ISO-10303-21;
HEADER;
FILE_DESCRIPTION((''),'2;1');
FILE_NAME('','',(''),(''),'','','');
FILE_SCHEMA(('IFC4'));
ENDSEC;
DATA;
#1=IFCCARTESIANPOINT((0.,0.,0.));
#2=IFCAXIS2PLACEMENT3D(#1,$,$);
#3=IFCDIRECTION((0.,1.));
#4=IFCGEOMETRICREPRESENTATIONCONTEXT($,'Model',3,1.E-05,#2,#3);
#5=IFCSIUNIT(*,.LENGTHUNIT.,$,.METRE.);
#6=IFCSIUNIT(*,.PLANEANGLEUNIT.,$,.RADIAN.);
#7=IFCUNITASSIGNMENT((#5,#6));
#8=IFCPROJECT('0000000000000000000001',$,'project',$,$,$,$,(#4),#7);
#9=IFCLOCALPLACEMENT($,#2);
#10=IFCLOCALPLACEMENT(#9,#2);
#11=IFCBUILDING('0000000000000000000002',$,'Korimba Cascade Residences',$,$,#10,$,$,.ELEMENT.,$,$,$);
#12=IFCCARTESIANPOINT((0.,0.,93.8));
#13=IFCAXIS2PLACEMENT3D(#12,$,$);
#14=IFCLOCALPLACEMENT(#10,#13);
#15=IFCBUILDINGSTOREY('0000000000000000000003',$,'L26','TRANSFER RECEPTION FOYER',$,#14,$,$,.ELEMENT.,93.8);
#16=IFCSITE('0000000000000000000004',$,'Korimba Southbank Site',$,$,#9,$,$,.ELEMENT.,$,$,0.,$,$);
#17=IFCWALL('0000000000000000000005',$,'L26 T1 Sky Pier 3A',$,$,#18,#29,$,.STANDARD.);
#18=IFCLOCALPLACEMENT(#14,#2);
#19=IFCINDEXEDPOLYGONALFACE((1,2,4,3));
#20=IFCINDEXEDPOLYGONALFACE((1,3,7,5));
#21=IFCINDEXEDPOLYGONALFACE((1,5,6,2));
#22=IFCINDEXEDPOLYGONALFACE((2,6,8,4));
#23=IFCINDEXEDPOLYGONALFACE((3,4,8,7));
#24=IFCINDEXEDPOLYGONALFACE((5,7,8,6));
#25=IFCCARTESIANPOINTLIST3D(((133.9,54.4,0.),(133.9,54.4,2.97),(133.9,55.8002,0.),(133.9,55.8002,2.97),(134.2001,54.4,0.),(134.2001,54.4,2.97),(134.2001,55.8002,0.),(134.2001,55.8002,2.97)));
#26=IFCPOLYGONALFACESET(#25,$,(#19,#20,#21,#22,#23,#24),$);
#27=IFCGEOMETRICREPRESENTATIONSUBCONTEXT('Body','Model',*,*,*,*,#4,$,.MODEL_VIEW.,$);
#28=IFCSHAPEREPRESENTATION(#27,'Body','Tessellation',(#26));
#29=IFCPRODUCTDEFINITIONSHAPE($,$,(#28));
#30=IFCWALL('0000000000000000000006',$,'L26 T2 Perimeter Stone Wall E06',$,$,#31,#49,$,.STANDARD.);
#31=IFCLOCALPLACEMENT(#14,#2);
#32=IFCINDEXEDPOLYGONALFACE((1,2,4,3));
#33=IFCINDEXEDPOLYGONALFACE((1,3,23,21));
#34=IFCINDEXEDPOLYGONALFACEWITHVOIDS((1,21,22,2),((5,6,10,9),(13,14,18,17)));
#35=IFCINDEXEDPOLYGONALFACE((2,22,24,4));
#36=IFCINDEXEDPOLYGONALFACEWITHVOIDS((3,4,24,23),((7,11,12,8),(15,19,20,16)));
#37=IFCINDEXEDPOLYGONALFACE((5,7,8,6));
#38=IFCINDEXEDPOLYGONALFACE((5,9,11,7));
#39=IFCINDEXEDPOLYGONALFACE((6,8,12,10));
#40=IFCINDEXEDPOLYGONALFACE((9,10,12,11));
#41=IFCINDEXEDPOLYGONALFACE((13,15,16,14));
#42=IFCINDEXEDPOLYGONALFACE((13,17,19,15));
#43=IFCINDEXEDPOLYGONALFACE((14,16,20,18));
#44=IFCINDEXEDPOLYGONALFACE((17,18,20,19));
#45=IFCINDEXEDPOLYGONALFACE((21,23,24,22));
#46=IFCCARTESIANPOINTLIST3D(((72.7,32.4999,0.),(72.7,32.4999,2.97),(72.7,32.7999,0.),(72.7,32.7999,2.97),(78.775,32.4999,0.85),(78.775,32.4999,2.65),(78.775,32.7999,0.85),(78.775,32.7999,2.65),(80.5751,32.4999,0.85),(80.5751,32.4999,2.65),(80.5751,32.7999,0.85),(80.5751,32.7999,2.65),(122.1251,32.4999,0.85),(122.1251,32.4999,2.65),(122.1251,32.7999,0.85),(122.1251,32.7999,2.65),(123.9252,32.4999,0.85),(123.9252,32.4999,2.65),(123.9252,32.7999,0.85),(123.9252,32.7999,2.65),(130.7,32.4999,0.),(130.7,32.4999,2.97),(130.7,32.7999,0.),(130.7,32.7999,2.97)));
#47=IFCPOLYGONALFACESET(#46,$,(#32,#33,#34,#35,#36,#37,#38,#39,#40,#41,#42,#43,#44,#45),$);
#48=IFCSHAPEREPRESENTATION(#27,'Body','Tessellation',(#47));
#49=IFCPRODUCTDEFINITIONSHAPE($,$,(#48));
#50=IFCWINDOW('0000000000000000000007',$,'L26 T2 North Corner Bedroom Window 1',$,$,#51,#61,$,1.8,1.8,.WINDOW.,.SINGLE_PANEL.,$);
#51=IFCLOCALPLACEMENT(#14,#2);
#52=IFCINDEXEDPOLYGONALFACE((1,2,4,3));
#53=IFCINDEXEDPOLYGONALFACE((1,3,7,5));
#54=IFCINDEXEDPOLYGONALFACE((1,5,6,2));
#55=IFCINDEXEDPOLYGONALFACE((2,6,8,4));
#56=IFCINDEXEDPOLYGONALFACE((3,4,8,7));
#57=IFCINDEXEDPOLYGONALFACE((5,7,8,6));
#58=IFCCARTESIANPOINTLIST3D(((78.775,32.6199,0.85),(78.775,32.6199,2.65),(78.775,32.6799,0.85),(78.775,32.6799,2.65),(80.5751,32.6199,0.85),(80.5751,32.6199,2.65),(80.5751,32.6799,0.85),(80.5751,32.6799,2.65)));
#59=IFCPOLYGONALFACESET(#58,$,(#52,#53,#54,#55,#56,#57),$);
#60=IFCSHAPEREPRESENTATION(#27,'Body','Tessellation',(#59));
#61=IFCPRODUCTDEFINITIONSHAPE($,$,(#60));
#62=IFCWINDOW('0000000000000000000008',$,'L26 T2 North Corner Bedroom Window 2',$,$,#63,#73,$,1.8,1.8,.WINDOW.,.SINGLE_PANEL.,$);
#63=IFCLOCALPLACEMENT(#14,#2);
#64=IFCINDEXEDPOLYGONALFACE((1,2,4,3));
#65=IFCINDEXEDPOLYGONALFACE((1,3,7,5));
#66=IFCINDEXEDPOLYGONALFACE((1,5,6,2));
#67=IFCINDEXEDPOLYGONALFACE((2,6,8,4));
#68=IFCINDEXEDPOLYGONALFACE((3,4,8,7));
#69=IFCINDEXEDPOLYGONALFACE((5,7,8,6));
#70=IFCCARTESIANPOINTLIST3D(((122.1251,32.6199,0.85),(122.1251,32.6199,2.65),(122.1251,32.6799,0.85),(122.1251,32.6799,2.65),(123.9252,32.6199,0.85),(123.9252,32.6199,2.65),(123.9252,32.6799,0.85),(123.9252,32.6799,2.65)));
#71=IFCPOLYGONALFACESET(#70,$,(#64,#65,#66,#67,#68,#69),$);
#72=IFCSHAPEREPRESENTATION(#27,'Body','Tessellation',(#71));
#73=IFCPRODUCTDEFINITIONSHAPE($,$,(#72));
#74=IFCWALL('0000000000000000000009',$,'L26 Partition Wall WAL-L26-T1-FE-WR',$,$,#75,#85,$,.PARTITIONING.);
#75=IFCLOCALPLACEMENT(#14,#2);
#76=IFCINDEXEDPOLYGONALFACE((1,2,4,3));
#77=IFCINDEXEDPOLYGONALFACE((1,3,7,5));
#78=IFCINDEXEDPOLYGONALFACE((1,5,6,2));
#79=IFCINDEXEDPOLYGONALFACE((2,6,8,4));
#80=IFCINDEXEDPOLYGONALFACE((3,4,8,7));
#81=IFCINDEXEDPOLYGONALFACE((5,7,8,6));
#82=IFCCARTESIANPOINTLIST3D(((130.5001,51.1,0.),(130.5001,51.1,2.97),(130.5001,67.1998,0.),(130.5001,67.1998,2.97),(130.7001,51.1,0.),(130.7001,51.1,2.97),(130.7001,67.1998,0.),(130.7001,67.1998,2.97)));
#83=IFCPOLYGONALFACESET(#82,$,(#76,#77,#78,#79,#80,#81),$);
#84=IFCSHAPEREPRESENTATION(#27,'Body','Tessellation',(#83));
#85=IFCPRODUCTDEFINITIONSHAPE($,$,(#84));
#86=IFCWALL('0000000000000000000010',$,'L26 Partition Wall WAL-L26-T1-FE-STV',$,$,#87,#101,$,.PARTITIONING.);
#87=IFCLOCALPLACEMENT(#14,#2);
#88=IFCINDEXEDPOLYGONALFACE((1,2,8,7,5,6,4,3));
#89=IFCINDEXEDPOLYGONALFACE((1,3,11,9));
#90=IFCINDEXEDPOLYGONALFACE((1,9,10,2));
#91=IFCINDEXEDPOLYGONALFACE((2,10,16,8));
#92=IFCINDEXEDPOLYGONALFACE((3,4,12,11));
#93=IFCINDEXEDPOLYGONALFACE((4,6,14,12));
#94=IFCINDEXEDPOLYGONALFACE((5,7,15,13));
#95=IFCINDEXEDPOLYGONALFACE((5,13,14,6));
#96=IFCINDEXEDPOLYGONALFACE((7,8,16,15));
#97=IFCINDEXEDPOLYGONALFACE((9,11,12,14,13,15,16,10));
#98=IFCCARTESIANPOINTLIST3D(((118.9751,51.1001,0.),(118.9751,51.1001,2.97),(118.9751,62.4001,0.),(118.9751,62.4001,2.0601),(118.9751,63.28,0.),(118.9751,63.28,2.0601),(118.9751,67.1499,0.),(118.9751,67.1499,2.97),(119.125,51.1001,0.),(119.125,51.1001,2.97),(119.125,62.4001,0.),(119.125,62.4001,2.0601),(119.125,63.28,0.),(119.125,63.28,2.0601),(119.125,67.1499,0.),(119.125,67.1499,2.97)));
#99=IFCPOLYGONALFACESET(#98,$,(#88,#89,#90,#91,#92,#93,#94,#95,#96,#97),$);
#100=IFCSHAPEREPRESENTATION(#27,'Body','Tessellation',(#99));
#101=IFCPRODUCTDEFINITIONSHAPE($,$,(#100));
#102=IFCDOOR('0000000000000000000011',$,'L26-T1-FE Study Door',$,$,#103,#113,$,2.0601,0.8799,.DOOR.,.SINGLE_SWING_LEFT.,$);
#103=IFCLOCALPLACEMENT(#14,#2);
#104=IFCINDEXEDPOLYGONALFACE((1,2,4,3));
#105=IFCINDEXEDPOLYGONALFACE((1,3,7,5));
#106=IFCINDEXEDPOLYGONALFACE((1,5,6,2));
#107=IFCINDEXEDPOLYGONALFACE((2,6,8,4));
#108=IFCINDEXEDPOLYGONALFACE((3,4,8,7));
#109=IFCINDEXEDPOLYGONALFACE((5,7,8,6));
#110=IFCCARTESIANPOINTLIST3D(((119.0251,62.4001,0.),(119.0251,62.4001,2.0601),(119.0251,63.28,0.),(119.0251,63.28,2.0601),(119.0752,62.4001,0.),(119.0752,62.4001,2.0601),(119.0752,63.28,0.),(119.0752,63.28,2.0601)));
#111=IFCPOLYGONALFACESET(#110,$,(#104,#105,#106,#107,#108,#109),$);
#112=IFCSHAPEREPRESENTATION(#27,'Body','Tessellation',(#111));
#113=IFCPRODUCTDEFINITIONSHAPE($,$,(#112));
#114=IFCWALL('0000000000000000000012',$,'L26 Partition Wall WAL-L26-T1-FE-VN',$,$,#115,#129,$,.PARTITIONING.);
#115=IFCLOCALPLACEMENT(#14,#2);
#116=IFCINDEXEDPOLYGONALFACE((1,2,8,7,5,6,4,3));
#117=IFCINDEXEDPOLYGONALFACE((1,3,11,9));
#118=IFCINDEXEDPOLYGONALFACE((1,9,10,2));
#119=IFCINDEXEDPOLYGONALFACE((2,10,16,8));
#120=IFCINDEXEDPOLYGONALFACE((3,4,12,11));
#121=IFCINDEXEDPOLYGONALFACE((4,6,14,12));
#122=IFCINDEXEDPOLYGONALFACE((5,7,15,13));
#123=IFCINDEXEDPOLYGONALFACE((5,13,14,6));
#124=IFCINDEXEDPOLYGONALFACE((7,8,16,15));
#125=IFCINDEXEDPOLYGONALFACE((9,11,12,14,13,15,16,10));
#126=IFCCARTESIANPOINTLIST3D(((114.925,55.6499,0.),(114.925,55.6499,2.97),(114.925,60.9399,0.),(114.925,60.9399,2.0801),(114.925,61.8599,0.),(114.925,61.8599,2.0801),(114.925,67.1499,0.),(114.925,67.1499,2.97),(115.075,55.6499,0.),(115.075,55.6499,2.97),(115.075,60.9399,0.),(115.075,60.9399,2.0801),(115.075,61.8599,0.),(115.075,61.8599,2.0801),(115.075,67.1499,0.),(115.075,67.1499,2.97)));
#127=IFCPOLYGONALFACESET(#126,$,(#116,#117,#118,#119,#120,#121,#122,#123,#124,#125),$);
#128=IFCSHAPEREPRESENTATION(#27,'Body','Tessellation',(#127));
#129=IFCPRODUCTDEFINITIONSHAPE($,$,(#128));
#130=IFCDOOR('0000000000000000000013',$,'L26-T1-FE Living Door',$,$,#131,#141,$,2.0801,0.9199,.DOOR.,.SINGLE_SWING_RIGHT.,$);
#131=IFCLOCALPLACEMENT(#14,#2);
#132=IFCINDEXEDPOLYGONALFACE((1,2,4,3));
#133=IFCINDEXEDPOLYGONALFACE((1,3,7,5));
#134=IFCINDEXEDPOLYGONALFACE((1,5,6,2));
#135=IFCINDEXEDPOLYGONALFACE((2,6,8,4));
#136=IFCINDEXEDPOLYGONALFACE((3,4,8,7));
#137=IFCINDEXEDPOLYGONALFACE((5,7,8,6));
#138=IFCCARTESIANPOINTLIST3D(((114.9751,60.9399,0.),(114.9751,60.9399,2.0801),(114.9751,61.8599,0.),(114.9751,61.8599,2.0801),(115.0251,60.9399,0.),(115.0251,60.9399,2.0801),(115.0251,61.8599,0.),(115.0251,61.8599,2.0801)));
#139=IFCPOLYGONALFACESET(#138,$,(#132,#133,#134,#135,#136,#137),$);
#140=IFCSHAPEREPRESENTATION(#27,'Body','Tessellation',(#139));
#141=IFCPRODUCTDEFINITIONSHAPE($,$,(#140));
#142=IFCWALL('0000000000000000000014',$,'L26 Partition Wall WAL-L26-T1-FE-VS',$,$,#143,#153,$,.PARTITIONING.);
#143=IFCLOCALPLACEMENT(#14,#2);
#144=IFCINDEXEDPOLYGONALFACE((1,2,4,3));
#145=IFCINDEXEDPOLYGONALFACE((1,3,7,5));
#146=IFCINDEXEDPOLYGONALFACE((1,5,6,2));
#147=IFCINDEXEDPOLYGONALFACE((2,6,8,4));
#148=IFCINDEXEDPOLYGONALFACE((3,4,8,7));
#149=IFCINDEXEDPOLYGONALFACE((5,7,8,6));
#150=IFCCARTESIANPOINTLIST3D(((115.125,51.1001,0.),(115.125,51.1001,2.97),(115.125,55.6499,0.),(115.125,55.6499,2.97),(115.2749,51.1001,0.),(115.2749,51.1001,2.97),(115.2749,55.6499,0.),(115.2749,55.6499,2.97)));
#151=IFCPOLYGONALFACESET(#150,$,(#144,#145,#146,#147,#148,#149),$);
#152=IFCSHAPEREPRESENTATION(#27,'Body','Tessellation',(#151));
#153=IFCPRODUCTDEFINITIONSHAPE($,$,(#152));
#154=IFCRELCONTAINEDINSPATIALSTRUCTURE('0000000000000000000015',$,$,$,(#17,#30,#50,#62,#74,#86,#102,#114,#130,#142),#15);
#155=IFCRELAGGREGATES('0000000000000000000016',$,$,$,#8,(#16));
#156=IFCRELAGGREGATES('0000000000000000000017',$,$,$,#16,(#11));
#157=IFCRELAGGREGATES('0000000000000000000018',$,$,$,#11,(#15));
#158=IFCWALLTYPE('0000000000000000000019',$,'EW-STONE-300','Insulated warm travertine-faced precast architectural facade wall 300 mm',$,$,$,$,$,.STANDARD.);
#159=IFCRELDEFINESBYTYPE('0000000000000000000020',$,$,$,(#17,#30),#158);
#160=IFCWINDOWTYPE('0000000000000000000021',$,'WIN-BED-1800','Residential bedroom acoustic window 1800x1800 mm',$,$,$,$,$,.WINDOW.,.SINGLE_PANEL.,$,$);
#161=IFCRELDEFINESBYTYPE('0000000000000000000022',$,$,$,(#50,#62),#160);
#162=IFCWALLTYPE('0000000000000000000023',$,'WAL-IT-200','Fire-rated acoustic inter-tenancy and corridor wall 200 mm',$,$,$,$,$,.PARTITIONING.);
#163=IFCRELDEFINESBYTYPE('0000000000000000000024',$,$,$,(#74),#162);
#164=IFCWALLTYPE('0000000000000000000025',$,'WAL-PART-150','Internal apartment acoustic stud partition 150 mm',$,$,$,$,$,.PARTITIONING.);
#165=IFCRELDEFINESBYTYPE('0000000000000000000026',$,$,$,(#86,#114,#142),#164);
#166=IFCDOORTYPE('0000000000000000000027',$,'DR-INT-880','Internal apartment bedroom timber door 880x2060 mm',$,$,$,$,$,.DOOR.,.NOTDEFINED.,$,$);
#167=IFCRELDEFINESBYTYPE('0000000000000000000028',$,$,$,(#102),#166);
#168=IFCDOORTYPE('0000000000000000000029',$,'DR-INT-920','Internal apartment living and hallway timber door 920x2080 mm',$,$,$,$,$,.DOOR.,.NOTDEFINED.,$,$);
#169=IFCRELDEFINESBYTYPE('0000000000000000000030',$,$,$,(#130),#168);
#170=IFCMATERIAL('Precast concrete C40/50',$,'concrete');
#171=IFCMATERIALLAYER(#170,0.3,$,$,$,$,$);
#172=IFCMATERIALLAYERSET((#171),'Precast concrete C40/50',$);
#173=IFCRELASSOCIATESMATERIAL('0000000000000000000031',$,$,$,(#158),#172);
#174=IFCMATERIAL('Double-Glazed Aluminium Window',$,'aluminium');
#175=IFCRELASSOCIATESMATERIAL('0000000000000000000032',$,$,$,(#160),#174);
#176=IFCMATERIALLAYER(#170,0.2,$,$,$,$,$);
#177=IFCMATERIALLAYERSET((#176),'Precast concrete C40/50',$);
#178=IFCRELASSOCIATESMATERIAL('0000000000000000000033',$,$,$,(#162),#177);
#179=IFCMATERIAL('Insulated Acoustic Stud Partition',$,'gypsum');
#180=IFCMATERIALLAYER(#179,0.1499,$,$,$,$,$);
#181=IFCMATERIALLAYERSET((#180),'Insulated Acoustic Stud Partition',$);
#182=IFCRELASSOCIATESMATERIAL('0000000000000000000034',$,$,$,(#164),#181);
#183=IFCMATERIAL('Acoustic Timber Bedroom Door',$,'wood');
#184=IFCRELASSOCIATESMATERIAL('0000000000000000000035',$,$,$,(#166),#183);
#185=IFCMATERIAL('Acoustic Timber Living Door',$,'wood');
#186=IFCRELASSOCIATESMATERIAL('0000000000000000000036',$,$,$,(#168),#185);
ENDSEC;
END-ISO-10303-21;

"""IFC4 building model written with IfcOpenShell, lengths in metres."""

from ifc_helpers import new_model, si_unit, direction, frame, frame_2d, origin, place, context, subcontext, project, spatial, rectangle, extrude, material, layer, layer_set, type_object, element, fill, save


model = new_model("IFC4")

# Units and contexts
model_context = context("Model", 3, precision=1e-05, world=origin(), true_north=direction((0.0, 1.0)))
body_context = subcontext(model_context, "Body", "Model", "MODEL_VIEW")
ifc_project = project(units=[si_unit("LENGTHUNIT", "METRE"), si_unit("PLANEANGLEUNIT", "RADIAN")], contexts=[model_context])

# Site, building, storey
site_placement = place(None, origin())
site = spatial("IfcSite", under=ifc_project, at=site_placement, Name="Korimba Southbank Site", CompositionType="ELEMENT", RefElevation=0.0)
building_placement = place(site_placement, origin())
building = spatial("IfcBuilding", under=site, at=building_placement, Name="Korimba Cascade Residences", CompositionType="ELEMENT")
storey_placement = place(building_placement, frame((0.0, 0.0, 93.8)))
storey = spatial("IfcBuildingStorey", under=building, at=storey_placement, Name="L26", Description="TRANSFER RECEPTION FOYER", CompositionType="ELEMENT", Elevation=93.8)

# Wall
ifc_material_1 = material(Name="Precast concrete C40/50", Category="concrete")
ifc_layer_1 = layer(ifc_material_1, 0.3)
ifc_layer_set_1 = layer_set([ifc_layer_1], Name="Precast concrete C40/50")
wall_type_1 = type_object("IfcWallType", Name="EW-STONE-300", Description="Insulated warm travertine-faced precast architectural facade wall 300 mm", PredefinedType="STANDARD", material=ifc_layer_set_1)
wall_1_placement = place(storey_placement, frame((134.05, 54.3999, 0.0), z_axis=(0.0, 0.0, 1.0), x_axis=(0.0, 1.0, 0.0)))
element("IfcWall", 1, at=wall_1_placement, inside=storey, type_object=wall_type_1, Name="L26 T1 Sky Pier 3A", PredefinedType="STANDARD", context=body_context, shape_type="SweptSolid", body=[
    extrude(rectangle(XDim=1.4001, YDim=0.3, at=frame_2d((0.7002, 0.0))), origin(), (0.0, 0.0, 1.0), 2.97),
])

# Wall, openings, windows
wall_2_placement = place(storey_placement, frame((130.7, 32.6499, 0.0), z_axis=(0.0, 0.0, 1.0), x_axis=(-1.0, 0.0, 0.0)))
wall_2 = element("IfcWall", 2, at=wall_2_placement, inside=storey, type_object=wall_type_1, Name="L26 T2 Perimeter Stone Wall E06", PredefinedType="STANDARD", context=body_context, shape_type="SweptSolid", body=[
    extrude(rectangle(XDim=58.0, YDim=0.3, at=frame_2d((29.0, 0.0))), origin(), (0.0, 0.0, 1.0), 2.97),
])
opening_1_placement = place(wall_2_placement, frame((50.125, 0.0, 0.8501)))
opening_1 = element("IfcOpeningElement", 3, at=opening_1_placement, cuts=wall_2, PredefinedType="OPENING", context=body_context, shape_type="SweptSolid", body=[
    extrude(rectangle(XDim=1.8, YDim=1.8, at=frame_2d((0.8999, 0.8999))), frame((0.0, 0.1602, 0.0), z_axis=(0.0, -1.0, 0.0), x_axis=(1.0, 0.0, 0.0)), (0.0, 0.0, 1.0), 0.3201),
])
opening_2_placement = place(wall_2_placement, frame((6.7749, 0.0, 0.8501)))
opening_2 = element("IfcOpeningElement", 4, at=opening_2_placement, cuts=wall_2, PredefinedType="OPENING", context=body_context, shape_type="SweptSolid", body=[
    extrude(rectangle(XDim=1.8, YDim=1.8, at=frame_2d((0.8999, 0.8999))), frame((0.0, 0.1602, 0.0), z_axis=(0.0, -1.0, 0.0), x_axis=(1.0, 0.0, 0.0)), (0.0, 0.0, 1.0), 0.3201),
])
ifc_material_2 = material(Name="Double-Glazed Aluminium Window", Category="aluminium")
window_type = type_object("IfcWindowType", Name="WIN-BED-1800", Description="Residential bedroom acoustic window 1800x1800 mm", PartitioningType="SINGLE_PANEL", PredefinedType="WINDOW", material=ifc_material_2)
window_1_placement = place(opening_1_placement, origin())
window_1 = element("IfcWindow", 5, at=window_1_placement, inside=storey, type_object=window_type, Name="L26 T2 North Corner Bedroom Window 1", OverallHeight=1.8, OverallWidth=1.8, PartitioningType="SINGLE_PANEL", PredefinedType="WINDOW", context=body_context, shape_type="SweptSolid", body=[
    extrude(rectangle(XDim=1.8, YDim=1.8, at=frame_2d((0.8999, 0.8999))), frame((0.0, 0.03, 0.0), z_axis=(0.0, -1.0, 0.0), x_axis=(1.0, 0.0, 0.0)), (0.0, 0.0, 1.0), 0.0601),
])
fill(opening_1, window_1)
window_2_placement = place(opening_2_placement, origin())
window_2 = element("IfcWindow", 6, at=window_2_placement, inside=storey, type_object=window_type, Name="L26 T2 North Corner Bedroom Window 2", OverallHeight=1.8, OverallWidth=1.8, PartitioningType="SINGLE_PANEL", PredefinedType="WINDOW", context=body_context, shape_type="SweptSolid", body=[
    extrude(rectangle(XDim=1.8, YDim=1.8, at=frame_2d((0.8999, 0.8999))), frame((0.0, 0.03, 0.0), z_axis=(0.0, -1.0, 0.0), x_axis=(1.0, 0.0, 0.0)), (0.0, 0.0, 1.0), 0.0601),
])
fill(opening_2, window_2)

# Wall
ifc_layer_2 = layer(ifc_material_1, 0.2)
ifc_layer_set_2 = layer_set([ifc_layer_2], Name="Precast concrete C40/50")
wall_type_2 = type_object("IfcWallType", Name="WAL-IT-200", Description="Fire-rated acoustic inter-tenancy and corridor wall 200 mm", PredefinedType="PARTITIONING", material=ifc_layer_set_2)
wall_3_placement = place(storey_placement, frame((130.6001, 51.1001, 0.0), z_axis=(0.0, 0.0, 1.0), x_axis=(0.0, 1.0, 0.0)))
element("IfcWall", 7, at=wall_3_placement, inside=storey, type_object=wall_type_2, Name="L26 Partition Wall WAL-L26-T1-FE-WR", PredefinedType="PARTITIONING", context=body_context, shape_type="SweptSolid", body=[
    extrude(rectangle(XDim=16.0999, YDim=0.2, at=frame_2d((8.0498, 0.0))), origin(), (0.0, 0.0, 1.0), 2.97),
])

# Walls, openings, doors
ifc_material_3 = material(Name="Insulated Acoustic Stud Partition", Category="gypsum")
ifc_layer_3 = layer(ifc_material_3, 0.1499)
ifc_layer_set_3 = layer_set([ifc_layer_3], Name="Insulated Acoustic Stud Partition")
wall_type_3 = type_object("IfcWallType", Name="WAL-PART-150", Description="Internal apartment acoustic stud partition 150 mm", PredefinedType="PARTITIONING", material=ifc_layer_set_3)
wall_4_placement = place(storey_placement, frame((119.05, 51.1001, 0.0), z_axis=(0.0, 0.0, 1.0), x_axis=(0.0, 1.0, 0.0)))
wall_4 = element("IfcWall", 8, at=wall_4_placement, inside=storey, type_object=wall_type_3, Name="L26 Partition Wall WAL-L26-T1-FE-STV", PredefinedType="PARTITIONING", context=body_context, shape_type="SweptSolid", body=[
    extrude(rectangle(XDim=16.0498, YDim=0.1499, at=frame_2d((8.0249, 0.0))), origin(), (0.0, 0.0, 1.0), 2.97),
])
opening_3_placement = place(wall_4_placement, frame((11.3, 0.0, 0.0)))
opening_3 = element("IfcOpeningElement", 9, at=opening_3_placement, cuts=wall_4, PredefinedType="OPENING", context=body_context, shape_type="SweptSolid", body=[
    extrude(rectangle(XDim=0.8799, YDim=2.0601, at=frame_2d((0.4399, 1.03))), frame((0.0, 0.085, 0.0), z_axis=(0.0, -1.0, 0.0), x_axis=(1.0, 0.0, 0.0)), (0.0, 0.0, 1.0), 0.1699),
])
ifc_material_4 = material(Name="Acoustic Timber Bedroom Door", Category="wood")
door_type_1 = type_object("IfcDoorType", Name="DR-INT-880", Description="Internal apartment bedroom timber door 880x2060 mm", OperationType="NOTDEFINED", PredefinedType="DOOR", material=ifc_material_4)
door_1_placement = place(opening_3_placement, origin())
door_1 = element("IfcDoor", 10, at=door_1_placement, inside=storey, type_object=door_type_1, Name="L26-T1-FE Study Door", OperationType="SINGLE_SWING_LEFT", OverallHeight=2.0601, OverallWidth=0.8799, PredefinedType="DOOR", context=body_context, shape_type="SweptSolid", body=[
    extrude(rectangle(XDim=0.8799, YDim=2.0601, at=frame_2d((0.4399, 1.03))), frame((0.0, 0.0249, 0.0), z_axis=(0.0, -1.0, 0.0), x_axis=(1.0, 0.0, 0.0)), (0.0, 0.0, 1.0), 0.05),
])
fill(opening_3, door_1)
wall_5_placement = place(storey_placement, frame((115.0, 55.6499, 0.0), z_axis=(0.0, 0.0, 1.0), x_axis=(0.0, 1.0, 0.0)))
wall_5 = element("IfcWall", 11, at=wall_5_placement, inside=storey, type_object=wall_type_3, Name="L26 Partition Wall WAL-L26-T1-FE-VN", PredefinedType="PARTITIONING", context=body_context, shape_type="SweptSolid", body=[
    extrude(rectangle(XDim=11.5, YDim=0.1499, at=frame_2d((5.75, 0.0))), origin(), (0.0, 0.0, 1.0), 2.97),
])
opening_4_placement = place(wall_5_placement, frame((5.29, 0.0, 0.0)))
opening_4 = element("IfcOpeningElement", 12, at=opening_4_placement, cuts=wall_5, PredefinedType="OPENING", context=body_context, shape_type="SweptSolid", body=[
    extrude(rectangle(XDim=0.9199, YDim=2.0801, at=frame_2d((0.46, 1.04))), frame((0.0, 0.085, 0.0), z_axis=(0.0, -1.0, 0.0), x_axis=(1.0, 0.0, 0.0)), (0.0, 0.0, 1.0), 0.1699),
])
ifc_material_5 = material(Name="Acoustic Timber Living Door", Category="wood")
door_type_2 = type_object("IfcDoorType", Name="DR-INT-920", Description="Internal apartment living and hallway timber door 920x2080 mm", OperationType="NOTDEFINED", PredefinedType="DOOR", material=ifc_material_5)
door_2_placement = place(opening_4_placement, origin())
door_2 = element("IfcDoor", 13, at=door_2_placement, inside=storey, type_object=door_type_2, Name="L26-T1-FE Living Door", OperationType="SINGLE_SWING_RIGHT", OverallHeight=2.0801, OverallWidth=0.9199, PredefinedType="DOOR", context=body_context, shape_type="SweptSolid", body=[
    extrude(rectangle(XDim=0.9199, YDim=2.0801, at=frame_2d((0.46, 1.04))), frame((0.0, 0.0249, 0.0), z_axis=(0.0, -1.0, 0.0), x_axis=(1.0, 0.0, 0.0)), (0.0, 0.0, 1.0), 0.05),
])
fill(opening_4, door_2)

# Wall
wall_6_placement = place(storey_placement, frame((115.2, 51.1001, 0.0), z_axis=(0.0, 0.0, 1.0), x_axis=(0.0, 1.0, 0.0)))
element("IfcWall", 14, at=wall_6_placement, inside=storey, type_object=wall_type_3, Name="L26 Partition Wall WAL-L26-T1-FE-VS", PredefinedType="PARTITIONING", context=body_context, shape_type="SweptSolid", body=[
    extrude(rectangle(XDim=4.5498, YDim=0.1499, at=frame_2d((2.2749, 0.0))), origin(), (0.0, 0.0, 1.0), 2.97),
])

save(model, "model.ifc")
